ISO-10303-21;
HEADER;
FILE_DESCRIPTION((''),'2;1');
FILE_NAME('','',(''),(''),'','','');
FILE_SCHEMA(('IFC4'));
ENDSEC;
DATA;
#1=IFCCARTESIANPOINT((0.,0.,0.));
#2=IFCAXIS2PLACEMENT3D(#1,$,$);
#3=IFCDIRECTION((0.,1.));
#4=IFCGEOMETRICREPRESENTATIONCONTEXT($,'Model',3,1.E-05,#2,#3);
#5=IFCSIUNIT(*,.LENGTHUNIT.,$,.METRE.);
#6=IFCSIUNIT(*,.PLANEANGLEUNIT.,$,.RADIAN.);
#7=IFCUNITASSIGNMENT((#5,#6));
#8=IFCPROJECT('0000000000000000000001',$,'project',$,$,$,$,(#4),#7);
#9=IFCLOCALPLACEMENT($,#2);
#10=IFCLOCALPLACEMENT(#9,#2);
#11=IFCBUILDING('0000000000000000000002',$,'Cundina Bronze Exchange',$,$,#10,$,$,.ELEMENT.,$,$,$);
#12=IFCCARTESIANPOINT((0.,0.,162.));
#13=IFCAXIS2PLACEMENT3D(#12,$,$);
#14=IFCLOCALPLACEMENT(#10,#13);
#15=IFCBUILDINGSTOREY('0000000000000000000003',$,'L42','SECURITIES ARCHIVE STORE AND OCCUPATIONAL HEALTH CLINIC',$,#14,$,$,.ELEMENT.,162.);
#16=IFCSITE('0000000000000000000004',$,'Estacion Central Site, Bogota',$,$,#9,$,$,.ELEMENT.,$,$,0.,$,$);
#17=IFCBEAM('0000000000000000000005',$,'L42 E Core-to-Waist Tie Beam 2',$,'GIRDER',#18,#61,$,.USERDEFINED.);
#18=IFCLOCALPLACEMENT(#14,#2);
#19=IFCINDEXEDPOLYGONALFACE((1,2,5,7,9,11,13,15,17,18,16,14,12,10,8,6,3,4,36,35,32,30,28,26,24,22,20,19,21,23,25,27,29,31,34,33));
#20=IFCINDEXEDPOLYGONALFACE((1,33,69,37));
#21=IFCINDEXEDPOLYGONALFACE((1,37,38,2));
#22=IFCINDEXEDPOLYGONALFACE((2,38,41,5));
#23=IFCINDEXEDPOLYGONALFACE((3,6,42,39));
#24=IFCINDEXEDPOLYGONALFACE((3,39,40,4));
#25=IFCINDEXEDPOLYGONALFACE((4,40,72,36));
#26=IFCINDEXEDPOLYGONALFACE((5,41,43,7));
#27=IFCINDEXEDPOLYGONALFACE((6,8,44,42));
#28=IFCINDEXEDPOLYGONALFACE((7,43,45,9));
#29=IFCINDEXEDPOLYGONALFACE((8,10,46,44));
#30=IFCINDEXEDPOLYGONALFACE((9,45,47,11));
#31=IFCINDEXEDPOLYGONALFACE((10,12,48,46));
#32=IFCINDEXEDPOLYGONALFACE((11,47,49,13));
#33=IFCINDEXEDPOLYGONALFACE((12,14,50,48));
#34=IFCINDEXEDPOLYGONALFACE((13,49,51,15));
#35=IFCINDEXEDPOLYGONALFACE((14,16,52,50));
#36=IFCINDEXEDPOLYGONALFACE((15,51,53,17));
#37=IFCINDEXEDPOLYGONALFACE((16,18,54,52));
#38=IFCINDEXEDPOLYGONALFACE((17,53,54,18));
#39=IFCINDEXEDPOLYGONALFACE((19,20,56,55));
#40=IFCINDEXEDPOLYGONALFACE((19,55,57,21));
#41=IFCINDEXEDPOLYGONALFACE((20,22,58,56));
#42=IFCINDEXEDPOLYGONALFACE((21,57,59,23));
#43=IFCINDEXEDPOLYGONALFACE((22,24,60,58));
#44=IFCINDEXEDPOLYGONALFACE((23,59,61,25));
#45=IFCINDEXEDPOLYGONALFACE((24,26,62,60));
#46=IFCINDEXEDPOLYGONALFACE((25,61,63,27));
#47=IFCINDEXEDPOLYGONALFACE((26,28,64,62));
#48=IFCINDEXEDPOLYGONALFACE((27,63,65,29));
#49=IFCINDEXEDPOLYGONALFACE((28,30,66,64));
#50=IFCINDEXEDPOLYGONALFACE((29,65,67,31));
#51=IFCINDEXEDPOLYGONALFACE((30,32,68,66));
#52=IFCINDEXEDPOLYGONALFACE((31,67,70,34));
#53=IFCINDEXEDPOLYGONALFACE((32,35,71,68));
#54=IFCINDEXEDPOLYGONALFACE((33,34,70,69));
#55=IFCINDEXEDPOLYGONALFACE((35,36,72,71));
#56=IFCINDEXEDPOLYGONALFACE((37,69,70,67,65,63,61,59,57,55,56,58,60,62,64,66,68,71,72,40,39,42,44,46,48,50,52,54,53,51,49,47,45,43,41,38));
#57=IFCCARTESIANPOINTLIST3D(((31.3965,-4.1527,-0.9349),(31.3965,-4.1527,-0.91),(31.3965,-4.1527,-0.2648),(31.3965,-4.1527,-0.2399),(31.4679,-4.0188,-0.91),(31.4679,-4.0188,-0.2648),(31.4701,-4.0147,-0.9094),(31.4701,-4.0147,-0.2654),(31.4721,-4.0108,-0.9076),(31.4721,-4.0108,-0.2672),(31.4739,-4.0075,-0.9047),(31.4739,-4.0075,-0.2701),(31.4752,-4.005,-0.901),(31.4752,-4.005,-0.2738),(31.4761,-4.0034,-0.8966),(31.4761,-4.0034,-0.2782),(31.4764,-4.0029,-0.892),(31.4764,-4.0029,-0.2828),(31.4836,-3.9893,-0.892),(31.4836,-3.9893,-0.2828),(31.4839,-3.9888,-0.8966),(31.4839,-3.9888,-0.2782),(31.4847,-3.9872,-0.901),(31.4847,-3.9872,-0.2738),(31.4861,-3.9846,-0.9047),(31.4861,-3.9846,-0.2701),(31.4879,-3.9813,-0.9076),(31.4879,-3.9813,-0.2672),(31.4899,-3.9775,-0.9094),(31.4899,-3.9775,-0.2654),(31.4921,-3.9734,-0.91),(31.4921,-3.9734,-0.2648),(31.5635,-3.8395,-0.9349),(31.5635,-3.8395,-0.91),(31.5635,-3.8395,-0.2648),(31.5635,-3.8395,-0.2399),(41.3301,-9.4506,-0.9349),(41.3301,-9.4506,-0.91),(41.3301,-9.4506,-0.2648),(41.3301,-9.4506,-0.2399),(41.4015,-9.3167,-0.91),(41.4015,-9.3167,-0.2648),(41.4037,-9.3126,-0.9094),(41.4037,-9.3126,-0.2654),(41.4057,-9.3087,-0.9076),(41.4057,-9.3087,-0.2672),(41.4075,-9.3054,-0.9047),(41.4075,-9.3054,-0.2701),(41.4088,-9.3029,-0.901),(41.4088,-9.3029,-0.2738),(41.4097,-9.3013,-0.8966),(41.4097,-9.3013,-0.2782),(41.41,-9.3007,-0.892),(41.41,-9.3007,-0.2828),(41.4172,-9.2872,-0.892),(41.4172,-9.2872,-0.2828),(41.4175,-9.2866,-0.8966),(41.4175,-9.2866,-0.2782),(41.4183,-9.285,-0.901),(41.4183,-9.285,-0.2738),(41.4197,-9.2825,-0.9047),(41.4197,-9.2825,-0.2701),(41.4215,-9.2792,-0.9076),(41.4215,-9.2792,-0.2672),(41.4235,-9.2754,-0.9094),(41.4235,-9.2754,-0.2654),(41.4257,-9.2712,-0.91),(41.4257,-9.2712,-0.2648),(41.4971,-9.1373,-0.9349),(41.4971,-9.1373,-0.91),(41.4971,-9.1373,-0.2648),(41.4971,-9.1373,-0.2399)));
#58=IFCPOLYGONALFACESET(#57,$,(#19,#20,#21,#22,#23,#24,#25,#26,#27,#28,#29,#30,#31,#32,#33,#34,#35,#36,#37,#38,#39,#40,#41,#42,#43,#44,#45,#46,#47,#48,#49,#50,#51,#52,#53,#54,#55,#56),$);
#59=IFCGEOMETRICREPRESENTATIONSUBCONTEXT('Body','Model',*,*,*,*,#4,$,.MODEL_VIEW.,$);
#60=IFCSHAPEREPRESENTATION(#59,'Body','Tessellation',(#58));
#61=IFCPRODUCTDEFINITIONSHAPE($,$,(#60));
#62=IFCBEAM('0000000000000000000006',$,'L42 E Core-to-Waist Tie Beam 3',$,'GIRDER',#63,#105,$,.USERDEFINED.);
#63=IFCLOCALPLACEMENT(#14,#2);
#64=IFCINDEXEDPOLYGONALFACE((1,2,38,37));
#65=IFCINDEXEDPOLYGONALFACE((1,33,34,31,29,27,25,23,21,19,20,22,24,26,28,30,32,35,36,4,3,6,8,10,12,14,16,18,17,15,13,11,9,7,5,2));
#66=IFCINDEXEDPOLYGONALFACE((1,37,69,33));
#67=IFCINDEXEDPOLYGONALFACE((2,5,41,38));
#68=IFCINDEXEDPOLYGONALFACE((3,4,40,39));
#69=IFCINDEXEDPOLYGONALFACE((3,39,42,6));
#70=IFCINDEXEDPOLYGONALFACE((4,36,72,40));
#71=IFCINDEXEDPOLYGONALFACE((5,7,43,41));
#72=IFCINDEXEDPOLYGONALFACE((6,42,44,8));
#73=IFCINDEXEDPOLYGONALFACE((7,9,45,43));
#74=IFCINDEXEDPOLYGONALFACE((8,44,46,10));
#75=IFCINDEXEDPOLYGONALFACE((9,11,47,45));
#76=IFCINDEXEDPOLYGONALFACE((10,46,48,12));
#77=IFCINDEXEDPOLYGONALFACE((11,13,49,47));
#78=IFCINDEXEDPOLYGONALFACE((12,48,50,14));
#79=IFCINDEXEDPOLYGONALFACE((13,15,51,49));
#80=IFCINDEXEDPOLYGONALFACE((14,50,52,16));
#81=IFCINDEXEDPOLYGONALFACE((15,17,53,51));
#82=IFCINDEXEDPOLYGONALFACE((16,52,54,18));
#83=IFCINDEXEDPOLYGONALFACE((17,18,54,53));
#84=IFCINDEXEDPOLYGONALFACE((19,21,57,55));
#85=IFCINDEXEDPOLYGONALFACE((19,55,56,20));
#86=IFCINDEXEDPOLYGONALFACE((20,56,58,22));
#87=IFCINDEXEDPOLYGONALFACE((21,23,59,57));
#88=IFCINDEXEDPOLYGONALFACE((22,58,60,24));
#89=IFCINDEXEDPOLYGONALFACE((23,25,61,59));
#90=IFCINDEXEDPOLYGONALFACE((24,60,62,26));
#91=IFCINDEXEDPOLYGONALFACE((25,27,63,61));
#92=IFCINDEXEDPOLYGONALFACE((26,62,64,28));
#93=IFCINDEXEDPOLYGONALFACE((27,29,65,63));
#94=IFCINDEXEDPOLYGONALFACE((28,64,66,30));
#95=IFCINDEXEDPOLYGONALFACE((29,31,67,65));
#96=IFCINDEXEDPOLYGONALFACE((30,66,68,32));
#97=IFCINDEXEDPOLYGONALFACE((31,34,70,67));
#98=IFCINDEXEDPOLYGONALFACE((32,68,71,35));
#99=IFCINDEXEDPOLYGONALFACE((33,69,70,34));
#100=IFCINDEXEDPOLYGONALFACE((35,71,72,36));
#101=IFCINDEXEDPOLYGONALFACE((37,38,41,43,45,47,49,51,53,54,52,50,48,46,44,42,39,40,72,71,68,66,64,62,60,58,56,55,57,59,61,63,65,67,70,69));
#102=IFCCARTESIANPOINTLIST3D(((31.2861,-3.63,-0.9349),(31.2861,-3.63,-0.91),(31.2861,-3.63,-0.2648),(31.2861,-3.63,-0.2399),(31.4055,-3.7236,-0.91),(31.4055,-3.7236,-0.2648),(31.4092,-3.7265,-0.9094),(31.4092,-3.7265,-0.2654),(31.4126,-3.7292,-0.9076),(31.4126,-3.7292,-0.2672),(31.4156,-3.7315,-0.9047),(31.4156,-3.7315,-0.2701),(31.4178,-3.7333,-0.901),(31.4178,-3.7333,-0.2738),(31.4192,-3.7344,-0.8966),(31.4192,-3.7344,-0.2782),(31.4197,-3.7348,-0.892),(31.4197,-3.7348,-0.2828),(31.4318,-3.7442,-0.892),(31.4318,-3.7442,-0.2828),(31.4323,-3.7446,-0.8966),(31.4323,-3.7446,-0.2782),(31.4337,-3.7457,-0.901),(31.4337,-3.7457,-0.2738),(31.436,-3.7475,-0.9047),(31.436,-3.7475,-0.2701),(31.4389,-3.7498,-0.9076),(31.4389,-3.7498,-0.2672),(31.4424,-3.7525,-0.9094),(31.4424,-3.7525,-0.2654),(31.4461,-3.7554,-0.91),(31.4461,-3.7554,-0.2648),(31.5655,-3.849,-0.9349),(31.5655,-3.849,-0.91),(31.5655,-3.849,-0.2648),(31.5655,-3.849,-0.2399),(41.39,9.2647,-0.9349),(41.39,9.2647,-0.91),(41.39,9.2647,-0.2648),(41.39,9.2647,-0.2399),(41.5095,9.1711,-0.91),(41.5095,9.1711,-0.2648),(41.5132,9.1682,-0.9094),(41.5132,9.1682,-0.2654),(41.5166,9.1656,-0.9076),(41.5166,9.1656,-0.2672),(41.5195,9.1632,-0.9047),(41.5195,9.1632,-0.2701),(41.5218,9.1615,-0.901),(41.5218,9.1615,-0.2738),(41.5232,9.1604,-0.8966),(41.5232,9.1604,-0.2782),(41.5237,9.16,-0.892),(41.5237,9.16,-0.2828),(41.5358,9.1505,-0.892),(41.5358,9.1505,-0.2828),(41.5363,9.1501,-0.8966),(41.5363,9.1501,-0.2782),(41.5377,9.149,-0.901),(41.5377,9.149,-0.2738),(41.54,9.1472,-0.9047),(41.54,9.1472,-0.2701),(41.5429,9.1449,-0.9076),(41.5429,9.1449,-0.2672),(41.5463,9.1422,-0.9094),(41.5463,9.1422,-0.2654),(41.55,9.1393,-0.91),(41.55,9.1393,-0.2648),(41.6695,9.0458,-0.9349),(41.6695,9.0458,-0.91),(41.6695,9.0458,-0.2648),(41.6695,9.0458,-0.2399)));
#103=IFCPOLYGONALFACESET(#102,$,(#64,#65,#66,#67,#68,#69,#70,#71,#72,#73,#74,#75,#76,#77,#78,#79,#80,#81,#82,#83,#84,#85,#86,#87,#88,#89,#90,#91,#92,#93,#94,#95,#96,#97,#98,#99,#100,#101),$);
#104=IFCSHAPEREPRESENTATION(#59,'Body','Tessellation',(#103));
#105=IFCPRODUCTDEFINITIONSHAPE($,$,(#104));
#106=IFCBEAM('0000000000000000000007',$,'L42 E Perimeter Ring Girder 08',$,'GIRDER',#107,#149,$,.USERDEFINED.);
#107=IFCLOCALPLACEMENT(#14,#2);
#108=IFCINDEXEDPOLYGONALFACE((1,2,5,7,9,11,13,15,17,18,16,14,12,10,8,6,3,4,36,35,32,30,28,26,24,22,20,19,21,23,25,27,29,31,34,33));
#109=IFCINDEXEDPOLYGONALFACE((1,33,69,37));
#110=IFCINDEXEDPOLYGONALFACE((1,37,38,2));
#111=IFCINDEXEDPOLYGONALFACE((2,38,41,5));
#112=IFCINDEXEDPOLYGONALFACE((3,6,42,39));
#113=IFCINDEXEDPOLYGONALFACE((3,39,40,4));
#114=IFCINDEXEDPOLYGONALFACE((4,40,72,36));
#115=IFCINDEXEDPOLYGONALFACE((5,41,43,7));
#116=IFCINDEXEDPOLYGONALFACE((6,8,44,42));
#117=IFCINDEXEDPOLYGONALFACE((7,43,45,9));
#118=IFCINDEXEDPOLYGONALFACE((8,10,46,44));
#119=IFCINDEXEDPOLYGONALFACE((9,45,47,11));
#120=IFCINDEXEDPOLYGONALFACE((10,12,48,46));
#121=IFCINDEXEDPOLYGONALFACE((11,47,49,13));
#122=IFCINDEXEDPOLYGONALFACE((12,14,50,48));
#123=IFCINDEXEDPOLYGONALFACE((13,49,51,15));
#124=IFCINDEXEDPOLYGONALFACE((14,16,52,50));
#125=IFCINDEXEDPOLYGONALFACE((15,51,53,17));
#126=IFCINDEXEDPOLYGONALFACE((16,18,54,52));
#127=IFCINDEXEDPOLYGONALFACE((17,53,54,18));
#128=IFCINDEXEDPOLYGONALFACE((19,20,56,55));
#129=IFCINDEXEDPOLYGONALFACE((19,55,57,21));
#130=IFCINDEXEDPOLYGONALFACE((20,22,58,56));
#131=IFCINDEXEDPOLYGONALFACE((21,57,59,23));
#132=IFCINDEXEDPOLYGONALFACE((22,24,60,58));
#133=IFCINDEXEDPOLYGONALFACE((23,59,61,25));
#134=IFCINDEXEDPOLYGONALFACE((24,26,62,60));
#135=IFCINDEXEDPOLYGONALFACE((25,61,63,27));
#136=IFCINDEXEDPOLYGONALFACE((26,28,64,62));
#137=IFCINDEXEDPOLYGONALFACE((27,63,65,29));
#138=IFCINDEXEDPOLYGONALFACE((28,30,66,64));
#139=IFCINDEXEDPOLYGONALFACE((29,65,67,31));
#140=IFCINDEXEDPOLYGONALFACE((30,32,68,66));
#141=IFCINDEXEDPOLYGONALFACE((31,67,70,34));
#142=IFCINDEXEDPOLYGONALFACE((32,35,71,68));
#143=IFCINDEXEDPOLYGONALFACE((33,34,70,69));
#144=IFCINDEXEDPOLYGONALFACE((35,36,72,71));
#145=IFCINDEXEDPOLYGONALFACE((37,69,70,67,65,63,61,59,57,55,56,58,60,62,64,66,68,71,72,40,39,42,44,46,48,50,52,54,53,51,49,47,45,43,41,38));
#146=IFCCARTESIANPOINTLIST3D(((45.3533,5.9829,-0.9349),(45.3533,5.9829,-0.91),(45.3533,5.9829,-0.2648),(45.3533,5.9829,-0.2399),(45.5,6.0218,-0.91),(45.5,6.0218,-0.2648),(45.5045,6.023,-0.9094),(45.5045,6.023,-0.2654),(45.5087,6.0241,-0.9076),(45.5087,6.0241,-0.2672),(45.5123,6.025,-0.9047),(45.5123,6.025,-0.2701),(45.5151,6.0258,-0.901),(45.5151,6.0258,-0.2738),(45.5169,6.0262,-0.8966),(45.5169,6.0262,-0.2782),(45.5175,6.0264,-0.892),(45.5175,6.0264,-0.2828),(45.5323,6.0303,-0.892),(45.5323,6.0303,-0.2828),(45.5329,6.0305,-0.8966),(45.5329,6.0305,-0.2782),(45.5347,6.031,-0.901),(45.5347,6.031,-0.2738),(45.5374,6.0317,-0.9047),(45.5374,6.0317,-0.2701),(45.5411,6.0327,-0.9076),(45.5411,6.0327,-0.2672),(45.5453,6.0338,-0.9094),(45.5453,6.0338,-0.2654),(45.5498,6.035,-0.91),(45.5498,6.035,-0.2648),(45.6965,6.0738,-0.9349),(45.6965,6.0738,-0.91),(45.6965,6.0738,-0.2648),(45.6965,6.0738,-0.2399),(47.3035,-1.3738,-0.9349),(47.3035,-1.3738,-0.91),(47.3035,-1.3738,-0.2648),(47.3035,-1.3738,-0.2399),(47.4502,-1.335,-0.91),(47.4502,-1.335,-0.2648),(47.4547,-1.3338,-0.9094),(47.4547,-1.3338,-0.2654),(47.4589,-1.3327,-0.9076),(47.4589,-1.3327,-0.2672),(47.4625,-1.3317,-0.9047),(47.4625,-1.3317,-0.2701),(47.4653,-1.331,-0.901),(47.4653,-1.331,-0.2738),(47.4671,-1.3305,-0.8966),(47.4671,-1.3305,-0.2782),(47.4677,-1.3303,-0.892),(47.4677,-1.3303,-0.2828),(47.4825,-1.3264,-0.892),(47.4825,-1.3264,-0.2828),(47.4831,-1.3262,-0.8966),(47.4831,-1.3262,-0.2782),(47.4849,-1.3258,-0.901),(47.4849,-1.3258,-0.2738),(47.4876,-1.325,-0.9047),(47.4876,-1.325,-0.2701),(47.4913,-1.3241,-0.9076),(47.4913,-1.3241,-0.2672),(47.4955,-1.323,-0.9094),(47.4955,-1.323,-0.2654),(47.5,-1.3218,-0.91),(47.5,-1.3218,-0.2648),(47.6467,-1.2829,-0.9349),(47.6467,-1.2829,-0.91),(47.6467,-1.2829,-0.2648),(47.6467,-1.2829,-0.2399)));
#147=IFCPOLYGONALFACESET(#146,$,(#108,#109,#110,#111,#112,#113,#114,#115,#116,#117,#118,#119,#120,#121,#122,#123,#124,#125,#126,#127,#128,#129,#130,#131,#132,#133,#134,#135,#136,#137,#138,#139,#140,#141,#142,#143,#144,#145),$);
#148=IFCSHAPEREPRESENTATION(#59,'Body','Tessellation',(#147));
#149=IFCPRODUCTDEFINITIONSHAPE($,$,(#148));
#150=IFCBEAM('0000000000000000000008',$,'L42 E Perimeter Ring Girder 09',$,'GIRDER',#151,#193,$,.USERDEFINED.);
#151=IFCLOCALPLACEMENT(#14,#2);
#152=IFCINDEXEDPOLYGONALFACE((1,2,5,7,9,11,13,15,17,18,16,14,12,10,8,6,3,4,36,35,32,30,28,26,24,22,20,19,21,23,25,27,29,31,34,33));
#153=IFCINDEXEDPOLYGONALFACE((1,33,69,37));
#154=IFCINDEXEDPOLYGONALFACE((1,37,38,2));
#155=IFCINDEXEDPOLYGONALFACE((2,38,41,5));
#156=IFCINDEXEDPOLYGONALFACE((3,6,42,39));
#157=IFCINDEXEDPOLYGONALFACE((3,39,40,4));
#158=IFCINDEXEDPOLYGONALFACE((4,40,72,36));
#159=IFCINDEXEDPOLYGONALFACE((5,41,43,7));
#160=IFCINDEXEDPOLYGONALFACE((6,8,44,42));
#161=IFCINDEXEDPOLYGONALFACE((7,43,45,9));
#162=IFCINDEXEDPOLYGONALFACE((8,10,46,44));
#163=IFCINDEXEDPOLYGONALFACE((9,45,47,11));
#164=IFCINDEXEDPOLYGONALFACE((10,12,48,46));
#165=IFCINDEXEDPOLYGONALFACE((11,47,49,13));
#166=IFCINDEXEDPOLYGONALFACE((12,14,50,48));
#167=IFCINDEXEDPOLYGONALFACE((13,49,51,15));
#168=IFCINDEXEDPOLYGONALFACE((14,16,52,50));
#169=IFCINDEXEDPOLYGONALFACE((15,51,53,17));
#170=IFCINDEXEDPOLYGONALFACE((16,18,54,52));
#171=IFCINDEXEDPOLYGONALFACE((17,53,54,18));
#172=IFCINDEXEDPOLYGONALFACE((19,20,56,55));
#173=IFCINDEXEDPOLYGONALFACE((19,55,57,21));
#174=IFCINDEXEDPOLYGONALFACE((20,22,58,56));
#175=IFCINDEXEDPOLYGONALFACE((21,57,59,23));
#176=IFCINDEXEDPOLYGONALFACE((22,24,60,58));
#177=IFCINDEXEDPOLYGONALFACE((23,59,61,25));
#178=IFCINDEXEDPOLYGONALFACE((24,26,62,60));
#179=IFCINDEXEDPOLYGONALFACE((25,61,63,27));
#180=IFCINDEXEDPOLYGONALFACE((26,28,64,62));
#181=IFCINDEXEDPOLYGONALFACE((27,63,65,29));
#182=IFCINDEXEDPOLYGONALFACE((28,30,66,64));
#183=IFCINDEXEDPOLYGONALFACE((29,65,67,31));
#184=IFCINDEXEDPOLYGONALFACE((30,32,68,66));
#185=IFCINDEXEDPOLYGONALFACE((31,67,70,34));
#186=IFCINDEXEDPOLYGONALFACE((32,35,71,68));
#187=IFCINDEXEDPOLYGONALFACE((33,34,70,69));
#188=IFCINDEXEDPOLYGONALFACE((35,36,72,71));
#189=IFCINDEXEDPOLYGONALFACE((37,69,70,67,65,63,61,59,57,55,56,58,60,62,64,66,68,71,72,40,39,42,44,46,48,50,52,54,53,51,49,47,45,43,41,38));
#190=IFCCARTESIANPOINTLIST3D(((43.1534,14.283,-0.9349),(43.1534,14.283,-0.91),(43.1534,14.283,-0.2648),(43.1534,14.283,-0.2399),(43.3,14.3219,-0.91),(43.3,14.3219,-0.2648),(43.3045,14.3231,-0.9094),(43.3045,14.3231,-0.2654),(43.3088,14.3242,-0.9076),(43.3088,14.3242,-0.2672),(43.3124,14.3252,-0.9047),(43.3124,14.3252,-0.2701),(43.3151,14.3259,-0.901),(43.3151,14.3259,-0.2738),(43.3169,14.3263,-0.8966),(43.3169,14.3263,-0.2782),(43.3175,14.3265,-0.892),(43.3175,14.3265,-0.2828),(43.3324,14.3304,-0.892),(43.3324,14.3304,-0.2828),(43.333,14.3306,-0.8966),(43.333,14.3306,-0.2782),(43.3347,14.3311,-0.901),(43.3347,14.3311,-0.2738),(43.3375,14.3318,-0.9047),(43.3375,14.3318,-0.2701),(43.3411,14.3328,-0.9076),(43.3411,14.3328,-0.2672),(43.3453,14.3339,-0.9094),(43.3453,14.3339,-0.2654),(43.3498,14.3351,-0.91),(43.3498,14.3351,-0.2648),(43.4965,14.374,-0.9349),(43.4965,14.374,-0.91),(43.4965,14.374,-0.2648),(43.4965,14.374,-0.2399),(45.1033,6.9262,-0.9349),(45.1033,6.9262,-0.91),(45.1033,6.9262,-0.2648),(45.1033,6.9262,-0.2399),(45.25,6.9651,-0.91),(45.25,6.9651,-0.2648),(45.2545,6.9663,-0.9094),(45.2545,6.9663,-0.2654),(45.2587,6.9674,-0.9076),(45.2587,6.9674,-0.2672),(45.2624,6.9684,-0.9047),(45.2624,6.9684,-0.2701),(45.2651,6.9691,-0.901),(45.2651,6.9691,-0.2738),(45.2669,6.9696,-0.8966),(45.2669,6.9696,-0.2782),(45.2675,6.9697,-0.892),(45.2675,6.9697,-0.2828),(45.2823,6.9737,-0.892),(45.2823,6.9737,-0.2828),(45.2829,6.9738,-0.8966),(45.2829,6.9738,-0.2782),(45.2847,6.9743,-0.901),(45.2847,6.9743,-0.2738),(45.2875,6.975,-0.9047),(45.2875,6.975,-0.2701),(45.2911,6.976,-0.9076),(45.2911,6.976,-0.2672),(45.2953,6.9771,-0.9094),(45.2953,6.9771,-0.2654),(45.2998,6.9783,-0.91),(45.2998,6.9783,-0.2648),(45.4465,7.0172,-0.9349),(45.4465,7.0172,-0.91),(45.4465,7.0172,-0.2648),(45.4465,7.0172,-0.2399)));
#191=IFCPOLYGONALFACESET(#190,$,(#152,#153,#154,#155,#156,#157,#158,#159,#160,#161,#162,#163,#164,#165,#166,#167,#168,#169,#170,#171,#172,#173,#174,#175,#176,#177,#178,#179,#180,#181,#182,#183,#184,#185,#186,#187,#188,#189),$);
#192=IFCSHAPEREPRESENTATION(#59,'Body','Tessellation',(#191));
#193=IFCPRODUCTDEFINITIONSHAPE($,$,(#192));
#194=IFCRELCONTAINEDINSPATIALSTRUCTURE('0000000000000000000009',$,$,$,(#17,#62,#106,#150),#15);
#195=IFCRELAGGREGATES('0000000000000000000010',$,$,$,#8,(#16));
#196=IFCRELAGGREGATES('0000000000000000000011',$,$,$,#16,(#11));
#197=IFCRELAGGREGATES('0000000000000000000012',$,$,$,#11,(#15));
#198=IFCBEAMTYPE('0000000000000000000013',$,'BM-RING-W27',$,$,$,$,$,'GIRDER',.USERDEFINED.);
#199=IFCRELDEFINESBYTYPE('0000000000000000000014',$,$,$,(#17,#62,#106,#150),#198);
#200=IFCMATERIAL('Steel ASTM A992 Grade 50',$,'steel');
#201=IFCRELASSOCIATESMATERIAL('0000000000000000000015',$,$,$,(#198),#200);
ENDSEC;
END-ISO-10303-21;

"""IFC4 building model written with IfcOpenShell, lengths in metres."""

from ifc_helpers import new_model, si_unit, direction, frame, origin, origin_2d, place, context, subcontext, project, spatial, i_section, extrude, material, material_profile, profile_set, type_object, element, save


model = new_model("IFC4")

# Units and contexts
model_context = context("Model", 3, precision=1e-05, world=origin(), true_north=direction((0.0, 1.0)))
body_context = subcontext(model_context, "Body", "Model", "MODEL_VIEW")
ifc_project = project(units=[si_unit("LENGTHUNIT", "METRE"), si_unit("PLANEANGLEUNIT", "RADIAN")], contexts=[model_context])

# Site, building, storey
site_placement = place(None, origin())
site = spatial("IfcSite", under=ifc_project, at=site_placement, Name="Estacion Central Site, Bogota", CompositionType="ELEMENT", RefElevation=0.0)
building_placement = place(site_placement, origin())
building = spatial("IfcBuilding", under=site, at=building_placement, Name="Cundina Bronze Exchange", CompositionType="ELEMENT")
storey_placement = place(building_placement, frame((0.0, 0.0, 162.0)))
storey = spatial("IfcBuildingStorey", under=building, at=storey_placement, Name="L42", Description="SECURITIES ARCHIVE STORE AND OCCUPATIONAL HEALTH CLINIC", CompositionType="ELEMENT", Elevation=162.0)

# Shared definitions
ifc_material_1 = material(Name="Steel ASTM A992 Grade 50", Category="steel")

# Beams
ifc_material_profile_1 = material_profile(ifc_material_1, i_section(OverallWidth=0.355, OverallDepth=0.6951, WebThickness=0.0154, FlangeThickness=0.0249, FilletRadius=0.0181, at=origin_2d()), Name="W27X146", Category="steel")
ifc_profile_set_1 = profile_set([ifc_material_profile_1], Name="Steel ASTM A992 Grade 50")
beam_type_1 = type_object("IfcBeamType", Name="BM-RING-W27", ElementType="GIRDER", PredefinedType="USERDEFINED", material=ifc_profile_set_1)
beam_1_placement = place(storey_placement, frame((31.48, -3.9961, -0.5874), z_axis=(0.882355, -0.470584, 0.0), x_axis=(0.470584, 0.882355, 0.0)))
element("IfcBeam", 1, at=beam_1_placement, inside=storey, type_object=beam_type_1, Name="L42 E Core-to-Waist Tie Beam 2", ObjectType="GIRDER", PredefinedType="USERDEFINED", context=body_context, shape_type="SweptSolid", body=[
    extrude(i_section(OverallWidth=0.355, OverallDepth=0.6951, WebThickness=0.0154, FlangeThickness=0.0249, FilletRadius=0.0181, at=origin_2d()), origin(), (0.0, 0.0, 1.0), 11.2581),
])
beam_2_placement = place(storey_placement, frame((31.4258, -3.7395, -0.5874), z_axis=(0.616779, 0.787136, 0.0), x_axis=(-0.787136, 0.616779, 0.0)))
element("IfcBeam", 2, at=beam_2_placement, inside=storey, type_object=beam_type_1, Name="L42 E Core-to-Waist Tie Beam 3", ObjectType="GIRDER", PredefinedType="USERDEFINED", context=body_context, shape_type="SweptSolid", body=[
    extrude(i_section(OverallWidth=0.355, OverallDepth=0.6951, WebThickness=0.0154, FlangeThickness=0.0249, FilletRadius=0.0181, at=origin_2d()), origin(), (0.0, 0.0, 1.0), 16.3818),
])
for number, where, z_axis, x_axis, name in (
    (3, (47.4751, -1.3284, -0.5874), (-0.256241, 0.966613, 0.0), (-0.966613, -0.256241, 0.0), "L42 E Perimeter Ring Girder 08"),
    (4, (45.2749, 6.9717, -0.5874), (-0.256211, 0.966621, 0.0), (-0.966621, -0.256211, 0.0), "L42 E Perimeter Ring Girder 09"),
):
    element("IfcBeam", number, at=place(storey_placement, frame(where, z_axis=z_axis, x_axis=x_axis)), inside=storey, type_object=beam_type_1, Name=name, ObjectType="GIRDER", PredefinedType="USERDEFINED", context=body_context, shape_type="SweptSolid", body=[
        extrude(i_section(OverallWidth=0.355, OverallDepth=0.6951, WebThickness=0.0154, FlangeThickness=0.0249, FilletRadius=0.0181, at=origin_2d()), origin(), (0.0, 0.0, 1.0), 7.6108),
    ])

save(model, "model.ifc")
